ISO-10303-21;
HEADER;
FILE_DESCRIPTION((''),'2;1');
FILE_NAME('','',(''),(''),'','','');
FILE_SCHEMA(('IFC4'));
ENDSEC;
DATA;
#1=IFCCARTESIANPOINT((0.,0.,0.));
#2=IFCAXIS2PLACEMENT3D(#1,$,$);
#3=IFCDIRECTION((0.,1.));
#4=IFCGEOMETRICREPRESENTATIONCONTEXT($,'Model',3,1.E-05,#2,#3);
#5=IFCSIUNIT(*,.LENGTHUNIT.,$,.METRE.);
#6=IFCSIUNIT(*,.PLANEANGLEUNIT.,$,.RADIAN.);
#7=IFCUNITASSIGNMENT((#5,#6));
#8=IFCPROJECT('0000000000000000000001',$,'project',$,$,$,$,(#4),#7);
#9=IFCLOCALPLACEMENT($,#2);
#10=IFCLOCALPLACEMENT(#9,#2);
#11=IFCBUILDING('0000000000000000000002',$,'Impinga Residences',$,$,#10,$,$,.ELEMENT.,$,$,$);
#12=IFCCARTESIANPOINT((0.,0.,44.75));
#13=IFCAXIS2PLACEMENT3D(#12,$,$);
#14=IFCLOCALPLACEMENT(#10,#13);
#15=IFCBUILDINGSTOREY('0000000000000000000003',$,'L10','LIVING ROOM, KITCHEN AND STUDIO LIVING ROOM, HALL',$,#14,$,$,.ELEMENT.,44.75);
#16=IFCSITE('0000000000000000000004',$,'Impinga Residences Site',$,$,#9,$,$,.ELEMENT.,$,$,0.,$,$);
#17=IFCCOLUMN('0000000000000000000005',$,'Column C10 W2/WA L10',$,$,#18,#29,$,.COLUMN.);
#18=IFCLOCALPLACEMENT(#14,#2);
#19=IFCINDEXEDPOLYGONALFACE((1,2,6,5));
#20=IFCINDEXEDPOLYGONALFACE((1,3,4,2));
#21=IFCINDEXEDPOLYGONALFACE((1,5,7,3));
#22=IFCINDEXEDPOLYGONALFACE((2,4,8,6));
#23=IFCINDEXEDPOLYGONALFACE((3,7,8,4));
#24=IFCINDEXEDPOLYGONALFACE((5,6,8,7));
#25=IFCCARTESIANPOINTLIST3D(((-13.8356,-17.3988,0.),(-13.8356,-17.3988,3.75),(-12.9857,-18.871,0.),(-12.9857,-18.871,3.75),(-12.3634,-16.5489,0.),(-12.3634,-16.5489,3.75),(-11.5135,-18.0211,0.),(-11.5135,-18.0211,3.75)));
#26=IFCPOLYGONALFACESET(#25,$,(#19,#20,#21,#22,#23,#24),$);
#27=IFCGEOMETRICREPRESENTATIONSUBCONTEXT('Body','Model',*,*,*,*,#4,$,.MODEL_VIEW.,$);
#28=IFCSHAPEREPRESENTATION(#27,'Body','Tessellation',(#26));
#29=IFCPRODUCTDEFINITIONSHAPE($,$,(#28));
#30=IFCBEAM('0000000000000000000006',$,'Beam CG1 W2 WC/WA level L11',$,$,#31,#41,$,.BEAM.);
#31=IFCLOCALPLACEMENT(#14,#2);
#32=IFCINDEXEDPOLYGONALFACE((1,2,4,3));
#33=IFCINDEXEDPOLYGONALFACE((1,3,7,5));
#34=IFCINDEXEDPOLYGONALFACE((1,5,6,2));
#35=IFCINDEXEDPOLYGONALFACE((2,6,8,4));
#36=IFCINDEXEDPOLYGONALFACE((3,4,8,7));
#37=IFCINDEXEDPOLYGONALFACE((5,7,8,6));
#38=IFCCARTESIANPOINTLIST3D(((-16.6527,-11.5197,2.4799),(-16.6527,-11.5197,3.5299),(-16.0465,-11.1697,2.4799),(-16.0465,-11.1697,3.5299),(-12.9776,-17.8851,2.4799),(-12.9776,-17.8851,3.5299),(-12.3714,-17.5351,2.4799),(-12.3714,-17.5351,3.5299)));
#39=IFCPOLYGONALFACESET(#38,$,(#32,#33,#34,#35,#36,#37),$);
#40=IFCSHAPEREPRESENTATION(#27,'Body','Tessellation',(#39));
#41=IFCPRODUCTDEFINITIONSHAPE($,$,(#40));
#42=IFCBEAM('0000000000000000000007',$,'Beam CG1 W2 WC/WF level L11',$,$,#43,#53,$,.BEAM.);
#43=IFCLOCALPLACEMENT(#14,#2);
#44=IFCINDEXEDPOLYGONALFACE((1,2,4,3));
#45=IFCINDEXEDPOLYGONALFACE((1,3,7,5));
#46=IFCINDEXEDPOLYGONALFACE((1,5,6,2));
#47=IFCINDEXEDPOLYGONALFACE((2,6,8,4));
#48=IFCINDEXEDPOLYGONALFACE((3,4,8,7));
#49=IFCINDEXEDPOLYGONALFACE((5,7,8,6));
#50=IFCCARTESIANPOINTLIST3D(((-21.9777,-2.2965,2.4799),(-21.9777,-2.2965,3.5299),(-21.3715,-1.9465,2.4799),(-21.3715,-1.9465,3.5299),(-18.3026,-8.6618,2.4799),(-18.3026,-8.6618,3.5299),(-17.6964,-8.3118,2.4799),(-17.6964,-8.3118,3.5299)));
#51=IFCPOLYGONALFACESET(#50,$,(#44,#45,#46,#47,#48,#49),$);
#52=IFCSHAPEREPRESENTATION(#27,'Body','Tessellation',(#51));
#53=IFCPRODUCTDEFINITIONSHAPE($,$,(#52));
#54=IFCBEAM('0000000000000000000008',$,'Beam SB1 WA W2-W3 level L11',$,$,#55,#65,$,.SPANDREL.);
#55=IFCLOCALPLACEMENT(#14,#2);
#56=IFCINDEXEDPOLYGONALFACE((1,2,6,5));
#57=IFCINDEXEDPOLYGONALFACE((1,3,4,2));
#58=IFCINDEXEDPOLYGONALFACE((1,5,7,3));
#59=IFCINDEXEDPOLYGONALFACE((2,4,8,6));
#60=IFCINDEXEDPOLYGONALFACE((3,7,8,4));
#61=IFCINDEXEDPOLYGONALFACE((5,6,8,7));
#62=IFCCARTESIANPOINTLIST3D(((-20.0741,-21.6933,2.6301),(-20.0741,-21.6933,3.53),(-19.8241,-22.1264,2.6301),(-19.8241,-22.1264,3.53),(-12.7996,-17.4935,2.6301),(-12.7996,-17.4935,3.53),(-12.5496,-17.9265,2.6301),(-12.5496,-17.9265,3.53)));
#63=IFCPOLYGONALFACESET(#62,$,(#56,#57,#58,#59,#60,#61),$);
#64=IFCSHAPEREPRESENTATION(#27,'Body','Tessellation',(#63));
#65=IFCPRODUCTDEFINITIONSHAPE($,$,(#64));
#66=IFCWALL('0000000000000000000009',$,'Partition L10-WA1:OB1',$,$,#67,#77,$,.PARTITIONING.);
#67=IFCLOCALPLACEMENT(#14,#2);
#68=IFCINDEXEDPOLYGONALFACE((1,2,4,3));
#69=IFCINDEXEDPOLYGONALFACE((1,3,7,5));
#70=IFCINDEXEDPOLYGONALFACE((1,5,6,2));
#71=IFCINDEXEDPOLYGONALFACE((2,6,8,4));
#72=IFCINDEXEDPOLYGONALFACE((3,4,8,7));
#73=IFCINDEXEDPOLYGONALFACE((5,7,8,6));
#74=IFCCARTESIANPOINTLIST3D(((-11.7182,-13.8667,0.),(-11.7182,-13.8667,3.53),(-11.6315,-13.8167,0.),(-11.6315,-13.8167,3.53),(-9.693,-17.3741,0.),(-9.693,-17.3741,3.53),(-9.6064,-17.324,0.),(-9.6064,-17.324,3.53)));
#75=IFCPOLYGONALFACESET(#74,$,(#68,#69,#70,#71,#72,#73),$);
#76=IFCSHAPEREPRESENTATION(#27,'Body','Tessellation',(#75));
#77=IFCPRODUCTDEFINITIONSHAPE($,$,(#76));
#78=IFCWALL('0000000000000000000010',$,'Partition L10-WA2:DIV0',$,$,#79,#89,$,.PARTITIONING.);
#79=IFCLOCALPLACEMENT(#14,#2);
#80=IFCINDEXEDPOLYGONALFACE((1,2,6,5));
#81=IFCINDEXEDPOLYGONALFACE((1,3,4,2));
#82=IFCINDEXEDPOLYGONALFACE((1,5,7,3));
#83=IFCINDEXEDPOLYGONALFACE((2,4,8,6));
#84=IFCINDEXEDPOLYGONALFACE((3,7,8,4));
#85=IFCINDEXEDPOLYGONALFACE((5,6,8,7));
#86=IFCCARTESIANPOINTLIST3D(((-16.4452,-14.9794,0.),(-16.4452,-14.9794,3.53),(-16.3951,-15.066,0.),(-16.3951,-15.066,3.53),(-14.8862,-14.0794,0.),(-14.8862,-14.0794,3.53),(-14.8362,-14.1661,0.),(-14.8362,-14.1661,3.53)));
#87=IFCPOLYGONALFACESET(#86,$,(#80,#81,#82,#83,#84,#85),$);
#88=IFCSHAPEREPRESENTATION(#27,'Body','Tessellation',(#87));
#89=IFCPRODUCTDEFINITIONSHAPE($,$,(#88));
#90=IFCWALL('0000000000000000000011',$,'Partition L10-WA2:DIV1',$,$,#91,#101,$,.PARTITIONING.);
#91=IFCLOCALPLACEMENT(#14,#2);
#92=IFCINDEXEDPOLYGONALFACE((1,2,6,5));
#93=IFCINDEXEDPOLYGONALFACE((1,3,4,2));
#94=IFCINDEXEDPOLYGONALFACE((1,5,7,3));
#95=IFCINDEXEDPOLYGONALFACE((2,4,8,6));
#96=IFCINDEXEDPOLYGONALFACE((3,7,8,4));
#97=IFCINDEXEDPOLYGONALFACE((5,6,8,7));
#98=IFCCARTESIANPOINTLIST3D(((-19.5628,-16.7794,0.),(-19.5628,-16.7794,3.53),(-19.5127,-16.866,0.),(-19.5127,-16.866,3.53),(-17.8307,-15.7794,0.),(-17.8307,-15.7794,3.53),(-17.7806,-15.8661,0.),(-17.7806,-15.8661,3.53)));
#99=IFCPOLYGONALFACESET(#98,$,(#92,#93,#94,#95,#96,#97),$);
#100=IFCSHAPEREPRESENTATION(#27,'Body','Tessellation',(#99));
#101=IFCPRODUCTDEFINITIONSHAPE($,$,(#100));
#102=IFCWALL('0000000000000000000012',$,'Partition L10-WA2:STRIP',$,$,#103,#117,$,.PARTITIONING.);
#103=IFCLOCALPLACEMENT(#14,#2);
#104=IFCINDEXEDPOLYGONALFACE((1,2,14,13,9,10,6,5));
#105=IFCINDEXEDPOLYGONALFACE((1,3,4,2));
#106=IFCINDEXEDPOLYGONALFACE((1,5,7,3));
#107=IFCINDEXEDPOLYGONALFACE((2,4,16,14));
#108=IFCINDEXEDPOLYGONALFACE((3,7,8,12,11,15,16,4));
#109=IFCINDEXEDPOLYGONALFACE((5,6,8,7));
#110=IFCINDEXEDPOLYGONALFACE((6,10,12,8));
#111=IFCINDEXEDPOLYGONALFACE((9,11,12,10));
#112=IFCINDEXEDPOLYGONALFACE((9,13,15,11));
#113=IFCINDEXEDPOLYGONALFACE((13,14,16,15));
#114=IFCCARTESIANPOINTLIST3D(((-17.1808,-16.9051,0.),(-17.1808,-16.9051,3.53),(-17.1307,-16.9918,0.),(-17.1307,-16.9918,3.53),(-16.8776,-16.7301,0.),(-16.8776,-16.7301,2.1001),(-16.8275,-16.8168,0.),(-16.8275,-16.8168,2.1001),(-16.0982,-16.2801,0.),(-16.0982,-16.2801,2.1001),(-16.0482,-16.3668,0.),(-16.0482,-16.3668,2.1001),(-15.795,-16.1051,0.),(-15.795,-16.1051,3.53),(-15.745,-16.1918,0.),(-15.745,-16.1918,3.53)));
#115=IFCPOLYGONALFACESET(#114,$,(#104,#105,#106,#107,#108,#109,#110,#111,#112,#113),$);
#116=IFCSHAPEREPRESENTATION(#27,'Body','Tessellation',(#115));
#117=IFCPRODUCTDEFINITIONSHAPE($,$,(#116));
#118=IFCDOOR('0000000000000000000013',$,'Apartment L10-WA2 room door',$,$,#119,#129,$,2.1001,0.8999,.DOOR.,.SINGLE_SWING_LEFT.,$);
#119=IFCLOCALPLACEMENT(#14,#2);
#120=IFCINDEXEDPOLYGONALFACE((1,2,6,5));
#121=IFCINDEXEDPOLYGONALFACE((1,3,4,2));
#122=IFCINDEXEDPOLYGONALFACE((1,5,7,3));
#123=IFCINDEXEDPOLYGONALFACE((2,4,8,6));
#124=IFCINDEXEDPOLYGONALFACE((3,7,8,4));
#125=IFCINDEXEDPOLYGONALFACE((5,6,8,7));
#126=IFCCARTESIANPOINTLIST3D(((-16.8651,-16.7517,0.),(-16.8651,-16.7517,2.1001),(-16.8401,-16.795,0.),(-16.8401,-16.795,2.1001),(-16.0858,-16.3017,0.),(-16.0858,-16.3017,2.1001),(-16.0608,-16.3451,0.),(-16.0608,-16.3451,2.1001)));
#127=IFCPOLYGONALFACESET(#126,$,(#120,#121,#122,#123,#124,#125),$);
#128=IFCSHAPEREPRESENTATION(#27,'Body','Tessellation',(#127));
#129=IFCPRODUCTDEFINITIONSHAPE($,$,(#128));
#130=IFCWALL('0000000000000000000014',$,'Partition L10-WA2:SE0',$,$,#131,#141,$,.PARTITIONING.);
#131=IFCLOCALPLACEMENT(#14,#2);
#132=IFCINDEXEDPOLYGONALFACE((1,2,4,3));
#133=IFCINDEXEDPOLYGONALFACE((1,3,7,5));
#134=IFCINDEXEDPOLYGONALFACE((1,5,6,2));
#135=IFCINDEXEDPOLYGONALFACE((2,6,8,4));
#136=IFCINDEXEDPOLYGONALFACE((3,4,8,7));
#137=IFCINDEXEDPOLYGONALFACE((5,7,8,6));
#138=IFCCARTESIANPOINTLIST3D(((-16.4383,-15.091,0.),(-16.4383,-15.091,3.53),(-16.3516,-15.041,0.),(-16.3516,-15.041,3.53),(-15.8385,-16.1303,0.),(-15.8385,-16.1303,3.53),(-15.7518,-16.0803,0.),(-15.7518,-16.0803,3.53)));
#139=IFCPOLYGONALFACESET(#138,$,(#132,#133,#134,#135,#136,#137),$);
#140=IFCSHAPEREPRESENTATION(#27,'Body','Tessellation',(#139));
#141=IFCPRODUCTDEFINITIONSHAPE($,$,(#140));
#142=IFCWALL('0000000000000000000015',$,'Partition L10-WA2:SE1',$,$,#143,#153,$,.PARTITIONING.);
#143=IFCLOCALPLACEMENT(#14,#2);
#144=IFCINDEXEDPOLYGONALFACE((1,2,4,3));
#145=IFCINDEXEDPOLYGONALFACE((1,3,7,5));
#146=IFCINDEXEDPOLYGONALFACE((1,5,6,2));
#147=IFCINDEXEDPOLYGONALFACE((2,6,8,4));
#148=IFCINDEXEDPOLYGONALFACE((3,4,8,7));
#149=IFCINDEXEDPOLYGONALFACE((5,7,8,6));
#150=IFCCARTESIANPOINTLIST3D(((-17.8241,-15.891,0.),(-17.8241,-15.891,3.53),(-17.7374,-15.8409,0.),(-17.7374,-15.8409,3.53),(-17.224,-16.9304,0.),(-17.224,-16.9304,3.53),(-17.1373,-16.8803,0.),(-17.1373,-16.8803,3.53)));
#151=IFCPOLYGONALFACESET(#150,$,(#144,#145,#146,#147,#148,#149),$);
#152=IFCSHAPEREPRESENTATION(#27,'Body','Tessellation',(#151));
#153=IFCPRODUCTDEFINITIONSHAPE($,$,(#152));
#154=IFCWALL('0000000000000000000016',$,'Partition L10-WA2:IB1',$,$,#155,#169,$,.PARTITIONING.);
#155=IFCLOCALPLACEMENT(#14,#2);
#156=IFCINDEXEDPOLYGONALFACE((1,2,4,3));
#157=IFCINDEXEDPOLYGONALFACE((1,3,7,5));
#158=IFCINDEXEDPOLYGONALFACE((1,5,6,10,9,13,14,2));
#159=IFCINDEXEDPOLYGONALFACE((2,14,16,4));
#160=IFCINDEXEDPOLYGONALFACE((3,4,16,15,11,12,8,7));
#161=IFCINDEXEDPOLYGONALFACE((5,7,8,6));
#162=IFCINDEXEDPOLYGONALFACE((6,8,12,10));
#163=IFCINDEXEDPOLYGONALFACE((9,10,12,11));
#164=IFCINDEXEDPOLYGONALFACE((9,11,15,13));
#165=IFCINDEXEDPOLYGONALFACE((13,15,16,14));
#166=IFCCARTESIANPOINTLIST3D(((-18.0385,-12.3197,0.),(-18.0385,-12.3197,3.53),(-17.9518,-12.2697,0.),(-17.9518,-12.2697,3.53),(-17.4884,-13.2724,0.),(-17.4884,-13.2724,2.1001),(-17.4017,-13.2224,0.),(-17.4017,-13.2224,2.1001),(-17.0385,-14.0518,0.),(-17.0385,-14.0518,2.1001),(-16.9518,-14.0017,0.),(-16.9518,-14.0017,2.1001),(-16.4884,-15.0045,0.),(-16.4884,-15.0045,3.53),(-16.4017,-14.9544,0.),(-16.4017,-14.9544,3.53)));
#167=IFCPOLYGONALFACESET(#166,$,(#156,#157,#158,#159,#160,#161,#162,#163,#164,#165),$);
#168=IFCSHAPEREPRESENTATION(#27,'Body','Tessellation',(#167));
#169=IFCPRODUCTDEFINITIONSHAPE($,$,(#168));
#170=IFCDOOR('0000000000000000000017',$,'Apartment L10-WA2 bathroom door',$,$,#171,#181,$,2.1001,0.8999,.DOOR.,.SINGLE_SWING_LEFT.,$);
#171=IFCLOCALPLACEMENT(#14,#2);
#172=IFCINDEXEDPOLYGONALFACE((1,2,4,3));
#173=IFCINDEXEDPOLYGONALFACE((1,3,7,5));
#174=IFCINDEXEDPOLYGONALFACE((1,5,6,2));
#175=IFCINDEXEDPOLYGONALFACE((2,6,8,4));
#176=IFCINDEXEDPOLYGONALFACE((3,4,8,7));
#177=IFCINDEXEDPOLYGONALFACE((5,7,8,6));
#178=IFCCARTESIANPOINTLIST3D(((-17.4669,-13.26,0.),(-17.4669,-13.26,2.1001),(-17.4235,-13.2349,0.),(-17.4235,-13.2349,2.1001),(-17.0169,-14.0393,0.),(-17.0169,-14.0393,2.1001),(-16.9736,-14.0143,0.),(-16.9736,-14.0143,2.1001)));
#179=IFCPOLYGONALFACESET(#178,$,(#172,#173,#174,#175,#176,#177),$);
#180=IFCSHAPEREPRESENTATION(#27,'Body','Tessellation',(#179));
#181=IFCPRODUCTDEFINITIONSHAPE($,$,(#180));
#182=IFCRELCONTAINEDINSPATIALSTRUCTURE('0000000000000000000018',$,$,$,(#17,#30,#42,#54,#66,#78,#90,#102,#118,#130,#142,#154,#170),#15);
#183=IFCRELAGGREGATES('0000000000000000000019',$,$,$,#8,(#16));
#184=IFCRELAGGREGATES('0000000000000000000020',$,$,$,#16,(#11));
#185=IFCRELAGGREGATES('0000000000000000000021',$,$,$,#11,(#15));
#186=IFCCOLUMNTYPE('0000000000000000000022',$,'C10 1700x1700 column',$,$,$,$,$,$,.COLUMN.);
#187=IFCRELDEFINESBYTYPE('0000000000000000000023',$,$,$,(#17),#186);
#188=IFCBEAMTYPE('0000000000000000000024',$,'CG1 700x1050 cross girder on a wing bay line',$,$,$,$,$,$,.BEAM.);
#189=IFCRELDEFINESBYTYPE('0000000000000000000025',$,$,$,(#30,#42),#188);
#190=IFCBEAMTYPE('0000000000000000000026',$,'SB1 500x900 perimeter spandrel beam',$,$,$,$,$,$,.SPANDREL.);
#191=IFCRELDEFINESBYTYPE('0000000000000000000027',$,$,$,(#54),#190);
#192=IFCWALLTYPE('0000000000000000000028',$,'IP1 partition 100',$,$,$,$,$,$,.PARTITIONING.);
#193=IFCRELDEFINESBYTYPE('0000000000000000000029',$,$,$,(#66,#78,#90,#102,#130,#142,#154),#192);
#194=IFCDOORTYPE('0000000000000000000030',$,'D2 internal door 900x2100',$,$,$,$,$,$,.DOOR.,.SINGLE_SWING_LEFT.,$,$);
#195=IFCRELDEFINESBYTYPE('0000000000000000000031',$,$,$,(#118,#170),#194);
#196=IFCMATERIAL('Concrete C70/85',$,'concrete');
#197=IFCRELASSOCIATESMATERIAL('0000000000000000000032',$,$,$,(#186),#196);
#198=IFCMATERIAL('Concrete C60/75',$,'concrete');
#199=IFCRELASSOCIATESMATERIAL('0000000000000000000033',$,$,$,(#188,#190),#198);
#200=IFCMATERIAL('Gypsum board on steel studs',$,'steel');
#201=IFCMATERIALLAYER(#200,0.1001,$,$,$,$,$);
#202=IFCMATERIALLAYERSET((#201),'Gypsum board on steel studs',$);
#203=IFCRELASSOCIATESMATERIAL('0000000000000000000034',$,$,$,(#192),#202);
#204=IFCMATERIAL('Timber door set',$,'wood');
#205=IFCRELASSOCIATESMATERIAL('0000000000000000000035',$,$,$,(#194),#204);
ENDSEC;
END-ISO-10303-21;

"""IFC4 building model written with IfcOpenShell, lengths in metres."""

from ifc_helpers import new_model, si_unit, direction, frame, frame_2d, origin, origin_2d, place, context, subcontext, project, spatial, rectangle, extrude, material, layer, layer_set, material_profile, profile_set, type_object, element, fill, save


model = new_model("IFC4")

# Units and contexts
model_context = context("Model", 3, precision=1e-05, world=origin(), true_north=direction((0.0, 1.0)))
body_context = subcontext(model_context, "Body", "Model", "MODEL_VIEW")
ifc_project = project(units=[si_unit("LENGTHUNIT", "METRE"), si_unit("PLANEANGLEUNIT", "RADIAN")], contexts=[model_context])

# Site, building, storey
site_placement = place(None, origin())
site = spatial("IfcSite", under=ifc_project, at=site_placement, Name="Impinga Residences Site", CompositionType="ELEMENT", RefElevation=0.0)
building_placement = place(site_placement, origin())
building = spatial("IfcBuilding", under=site, at=building_placement, Name="Impinga Residences", CompositionType="ELEMENT")
storey_placement = place(building_placement, frame((0.0, 0.0, 44.75)))
storey = spatial("IfcBuildingStorey", under=building, at=storey_placement, Name="L10", Description="LIVING ROOM, KITCHEN AND STUDIO LIVING ROOM, HALL", CompositionType="ELEMENT", Elevation=44.75)

# Column
ifc_material_1 = material(Name="Concrete C70/85", Category="concrete")
ifc_material_profile_1 = material_profile(ifc_material_1, rectangle(XDim=1.7, YDim=1.7, at=origin_2d()), Name="RC 1700x1700")
ifc_profile_set_1 = profile_set([ifc_material_profile_1], Name="Concrete C70/85")
column_type = type_object("IfcColumnType", Name="C10 1700x1700 column", PredefinedType="COLUMN", material=ifc_profile_set_1)
column_placement = place(storey_placement, frame((-12.6746, -17.71, 0.0), z_axis=(0.0, 0.0, 1.0), x_axis=(-0.5, 0.866025, 0.0)))
element("IfcColumn", 1, at=column_placement, inside=storey, type_object=column_type, Name="Column C10 W2/WA L10", PredefinedType="COLUMN", context=body_context, shape_type="SweptSolid", body=[
    extrude(rectangle(XDim=1.7, YDim=1.7, at=origin_2d()), origin(), (0.0, 0.0, 1.0), 3.75),
])

# Beams
ifc_material_2 = material(Name="Concrete C60/75", Category="concrete")
ifc_material_profile_2 = material_profile(ifc_material_2, rectangle(XDim=0.7, YDim=1.05, at=origin_2d()), Name="RC 700x1050")
ifc_profile_set_2 = profile_set([ifc_material_profile_2], Name="Concrete C60/75")
beam_type_1 = type_object("IfcBeamType", Name="CG1 700x1050 cross girder on a wing bay line", PredefinedType="BEAM", material=ifc_profile_set_2)
for number, where, z_axis, x_axis, name in (
    (2, (-16.3496, -11.3447, 3.0049), (0.500008, -0.866021, 0.0), (0.866021, 0.500008, 0.0), "Beam CG1 W2 WC/WA level L11"),
    (3, (-17.9995, -8.4868, 3.0049), (-0.500008, 0.866021, 0.0), (-0.866021, -0.500008, 0.0), "Beam CG1 W2 WC/WF level L11"),
):
    element("IfcBeam", number, at=place(storey_placement, frame(where, z_axis=z_axis, x_axis=x_axis)), inside=storey, type_object=beam_type_1, Name=name, PredefinedType="BEAM", context=body_context, shape_type="SweptSolid", body=[
        extrude(rectangle(XDim=0.7, YDim=1.05, at=origin_2d()), origin(), (0.0, 0.0, 1.0), 7.3501),
    ])
ifc_material_profile_3 = material_profile(ifc_material_2, rectangle(XDim=0.5, YDim=0.8999, at=origin_2d()), Name="RC 500x900")
ifc_profile_set_3 = profile_set([ifc_material_profile_3], Name="Concrete C60/75")
beam_type_2 = type_object("IfcBeamType", Name="SB1 500x900 perimeter spandrel beam", PredefinedType="SPANDREL", material=ifc_profile_set_3)
beam_placement = place(storey_placement, frame((-12.6746, -17.71, 3.0801), z_axis=(-0.866029, -0.499993, 0.0), x_axis=(0.499993, -0.866029, 0.0)))
element("IfcBeam", 4, at=beam_placement, inside=storey, type_object=beam_type_2, Name="Beam SB1 WA W2-W3 level L11", PredefinedType="SPANDREL", context=body_context, shape_type="SweptSolid", body=[
    extrude(rectangle(XDim=0.5, YDim=0.8999, at=origin_2d()), origin(), (0.0, 0.0, 1.0), 8.3999),
])

# Walls
ifc_material_3 = material(Name="Gypsum board on steel studs", Category="steel")
ifc_layer_1 = layer(ifc_material_3, 0.1001)
ifc_layer_set_1 = layer_set([ifc_layer_1], Name="Gypsum board on steel studs")
wall_type_1 = type_object("IfcWallType", Name="IP1 partition 100", PredefinedType="PARTITIONING", material=ifc_layer_set_1)
wall_1_placement = place(storey_placement, frame((-11.6748, -13.8418, 0.0), z_axis=(0.0, 0.0, 1.0), x_axis=(0.500036, -0.866005, 0.0)))
element("IfcWall", 5, at=wall_1_placement, inside=storey, type_object=wall_type_1, Name="Partition L10-WA1:OB1", PredefinedType="PARTITIONING", context=body_context, shape_type="SweptSolid", body=[
    extrude(rectangle(XDim=4.05, YDim=0.1001, at=frame_2d((2.0249, 0.0))), origin(), (0.0, 0.0, 1.0), 3.53),
])
wall_2_placement = place(storey_placement, frame((-14.8613, -14.1228, 0.0), z_axis=(0.0, 0.0, 1.0), x_axis=(-0.866048, -0.499961, 0.0)))
element("IfcWall", 6, at=wall_2_placement, inside=storey, type_object=wall_type_1, Name="Partition L10-WA2:DIV0", PredefinedType="PARTITIONING", context=body_context, shape_type="SweptSolid", body=[
    extrude(rectangle(XDim=1.8, YDim=0.1001, at=frame_2d((0.8999, 0.0))), origin(), (0.0, 0.0, 1.0), 3.53),
])
wall_3_placement = place(storey_placement, frame((-17.8057, -15.8228, 0.0), z_axis=(0.0, 0.0, 1.0), x_axis=(-0.866041, -0.499973, 0.0)))
element("IfcWall", 7, at=wall_3_placement, inside=storey, type_object=wall_type_1, Name="Partition L10-WA2:DIV1", PredefinedType="PARTITIONING", context=body_context, shape_type="SweptSolid", body=[
    extrude(rectangle(XDim=2.0, YDim=0.1001, at=frame_2d((1.0, 0.0))), origin(), (0.0, 0.0, 1.0), 3.53),
])

# Wall, opening, door
wall_4_placement = place(storey_placement, frame((-15.77, -16.1484, 0.0), z_axis=(0.0, 0.0, 1.0), x_axis=(-0.866028, -0.499995, 0.0)))
wall_4 = element("IfcWall", 8, at=wall_4_placement, inside=storey, type_object=wall_type_1, Name="Partition L10-WA2:STRIP", PredefinedType="PARTITIONING", context=body_context, shape_type="SweptSolid", body=[
    extrude(rectangle(XDim=1.6001, YDim=0.1001, at=frame_2d((0.8, 0.0))), origin(), (0.0, 0.0, 1.0), 3.53),
])
opening_1_placement = place(wall_4_placement, frame((0.3501, 0.0, 0.0)))
opening_1 = element("IfcOpeningElement", 9, at=opening_1_placement, cuts=wall_4, PredefinedType="OPENING", context=body_context, shape_type="SweptSolid", body=[
    extrude(rectangle(XDim=0.8999, YDim=2.1001, at=frame_2d((0.45, 1.05))), frame((0.0, 0.0601, 0.0), z_axis=(0.0, -1.0, 0.0), x_axis=(1.0, 0.0, 0.0)), (0.0, 0.0, 1.0), 0.1201),
])
ifc_material_4 = material(Name="Timber door set", Category="wood")
door_type = type_object("IfcDoorType", Name="D2 internal door 900x2100", OperationType="SINGLE_SWING_LEFT", PredefinedType="DOOR", material=ifc_material_4)
door_1_placement = place(opening_1_placement, origin())
door_1 = element("IfcDoor", 10, at=door_1_placement, inside=storey, type_object=door_type, Name="Apartment L10-WA2 room door", OperationType="SINGLE_SWING_LEFT", OverallHeight=2.1001, OverallWidth=0.8999, PredefinedType="DOOR", context=body_context, shape_type="SweptSolid", body=[
    extrude(rectangle(XDim=0.8999, YDim=2.1001, at=frame_2d((0.45, 1.05))), frame((0.0, 0.0249, 0.0), z_axis=(0.0, -1.0, 0.0), x_axis=(1.0, 0.0, 0.0)), (0.0, 0.0, 1.0), 0.05),
])
fill(opening_1, door_1)

# Walls
wall_5_placement = place(storey_placement, frame((-16.395, -15.0659, 0.0), z_axis=(0.0, 0.0, 1.0), x_axis=(0.499881, -0.866094, 0.0)))
element("IfcWall", 11, at=wall_5_placement, inside=storey, type_object=wall_type_1, Name="Partition L10-WA2:SE0", PredefinedType="PARTITIONING", context=body_context, shape_type="SweptSolid", body=[
    extrude(rectangle(XDim=1.2, YDim=0.1001, at=frame_2d((0.6001, 0.0))), origin(), (0.0, 0.0, 1.0), 3.53),
])
wall_6_placement = place(storey_placement, frame((-17.7808, -15.866, 0.0), z_axis=(0.0, 0.0, 1.0), x_axis=(0.500034, -0.866006, 0.0)))
element("IfcWall", 12, at=wall_6_placement, inside=storey, type_object=wall_type_1, Name="Partition L10-WA2:SE1", PredefinedType="PARTITIONING", context=body_context, shape_type="SweptSolid", body=[
    extrude(rectangle(XDim=1.2002, YDim=0.1001, at=frame_2d((0.6001, 0.0))), origin(), (0.0, 0.0, 1.0), 3.53),
])

# Wall, opening, door
wall_7_placement = place(storey_placement, frame((-17.9951, -12.2947, 0.0), z_axis=(0.0, 0.0, 1.0), x_axis=(0.499993, -0.86603, 0.0)))
wall_7 = element("IfcWall", 13, at=wall_7_placement, inside=storey, type_object=wall_type_1, Name="Partition L10-WA2:IB1", PredefinedType="PARTITIONING", context=body_context, shape_type="SweptSolid", body=[
    extrude(rectangle(XDim=3.1001, YDim=0.1001, at=frame_2d((1.55, 0.0))), origin(), (0.0, 0.0, 1.0), 3.53),
])
opening_2_placement = place(wall_7_placement, frame((1.1001, 0.0, 0.0)))
opening_2 = element("IfcOpeningElement", 14, at=opening_2_placement, cuts=wall_7, PredefinedType="OPENING", context=body_context, shape_type="SweptSolid", body=[
    extrude(rectangle(XDim=0.8999, YDim=2.1001, at=frame_2d((0.45, 1.05))), frame((0.0, 0.0601, 0.0), z_axis=(0.0, -1.0, 0.0), x_axis=(1.0, 0.0, 0.0)), (0.0, 0.0, 1.0), 0.1201),
])
door_2_placement = place(opening_2_placement, origin())
door_2 = element("IfcDoor", 15, at=door_2_placement, inside=storey, type_object=door_type, Name="Apartment L10-WA2 bathroom door", OperationType="SINGLE_SWING_LEFT", OverallHeight=2.1001, OverallWidth=0.8999, PredefinedType="DOOR", context=body_context, shape_type="SweptSolid", body=[
    extrude(rectangle(XDim=0.8999, YDim=2.1001, at=frame_2d((0.45, 1.05))), frame((0.0, 0.0249, 0.0), z_axis=(0.0, -1.0, 0.0), x_axis=(1.0, 0.0, 0.0)), (0.0, 0.0, 1.0), 0.05),
])
fill(opening_2, door_2)

save(model, "model.ifc")
